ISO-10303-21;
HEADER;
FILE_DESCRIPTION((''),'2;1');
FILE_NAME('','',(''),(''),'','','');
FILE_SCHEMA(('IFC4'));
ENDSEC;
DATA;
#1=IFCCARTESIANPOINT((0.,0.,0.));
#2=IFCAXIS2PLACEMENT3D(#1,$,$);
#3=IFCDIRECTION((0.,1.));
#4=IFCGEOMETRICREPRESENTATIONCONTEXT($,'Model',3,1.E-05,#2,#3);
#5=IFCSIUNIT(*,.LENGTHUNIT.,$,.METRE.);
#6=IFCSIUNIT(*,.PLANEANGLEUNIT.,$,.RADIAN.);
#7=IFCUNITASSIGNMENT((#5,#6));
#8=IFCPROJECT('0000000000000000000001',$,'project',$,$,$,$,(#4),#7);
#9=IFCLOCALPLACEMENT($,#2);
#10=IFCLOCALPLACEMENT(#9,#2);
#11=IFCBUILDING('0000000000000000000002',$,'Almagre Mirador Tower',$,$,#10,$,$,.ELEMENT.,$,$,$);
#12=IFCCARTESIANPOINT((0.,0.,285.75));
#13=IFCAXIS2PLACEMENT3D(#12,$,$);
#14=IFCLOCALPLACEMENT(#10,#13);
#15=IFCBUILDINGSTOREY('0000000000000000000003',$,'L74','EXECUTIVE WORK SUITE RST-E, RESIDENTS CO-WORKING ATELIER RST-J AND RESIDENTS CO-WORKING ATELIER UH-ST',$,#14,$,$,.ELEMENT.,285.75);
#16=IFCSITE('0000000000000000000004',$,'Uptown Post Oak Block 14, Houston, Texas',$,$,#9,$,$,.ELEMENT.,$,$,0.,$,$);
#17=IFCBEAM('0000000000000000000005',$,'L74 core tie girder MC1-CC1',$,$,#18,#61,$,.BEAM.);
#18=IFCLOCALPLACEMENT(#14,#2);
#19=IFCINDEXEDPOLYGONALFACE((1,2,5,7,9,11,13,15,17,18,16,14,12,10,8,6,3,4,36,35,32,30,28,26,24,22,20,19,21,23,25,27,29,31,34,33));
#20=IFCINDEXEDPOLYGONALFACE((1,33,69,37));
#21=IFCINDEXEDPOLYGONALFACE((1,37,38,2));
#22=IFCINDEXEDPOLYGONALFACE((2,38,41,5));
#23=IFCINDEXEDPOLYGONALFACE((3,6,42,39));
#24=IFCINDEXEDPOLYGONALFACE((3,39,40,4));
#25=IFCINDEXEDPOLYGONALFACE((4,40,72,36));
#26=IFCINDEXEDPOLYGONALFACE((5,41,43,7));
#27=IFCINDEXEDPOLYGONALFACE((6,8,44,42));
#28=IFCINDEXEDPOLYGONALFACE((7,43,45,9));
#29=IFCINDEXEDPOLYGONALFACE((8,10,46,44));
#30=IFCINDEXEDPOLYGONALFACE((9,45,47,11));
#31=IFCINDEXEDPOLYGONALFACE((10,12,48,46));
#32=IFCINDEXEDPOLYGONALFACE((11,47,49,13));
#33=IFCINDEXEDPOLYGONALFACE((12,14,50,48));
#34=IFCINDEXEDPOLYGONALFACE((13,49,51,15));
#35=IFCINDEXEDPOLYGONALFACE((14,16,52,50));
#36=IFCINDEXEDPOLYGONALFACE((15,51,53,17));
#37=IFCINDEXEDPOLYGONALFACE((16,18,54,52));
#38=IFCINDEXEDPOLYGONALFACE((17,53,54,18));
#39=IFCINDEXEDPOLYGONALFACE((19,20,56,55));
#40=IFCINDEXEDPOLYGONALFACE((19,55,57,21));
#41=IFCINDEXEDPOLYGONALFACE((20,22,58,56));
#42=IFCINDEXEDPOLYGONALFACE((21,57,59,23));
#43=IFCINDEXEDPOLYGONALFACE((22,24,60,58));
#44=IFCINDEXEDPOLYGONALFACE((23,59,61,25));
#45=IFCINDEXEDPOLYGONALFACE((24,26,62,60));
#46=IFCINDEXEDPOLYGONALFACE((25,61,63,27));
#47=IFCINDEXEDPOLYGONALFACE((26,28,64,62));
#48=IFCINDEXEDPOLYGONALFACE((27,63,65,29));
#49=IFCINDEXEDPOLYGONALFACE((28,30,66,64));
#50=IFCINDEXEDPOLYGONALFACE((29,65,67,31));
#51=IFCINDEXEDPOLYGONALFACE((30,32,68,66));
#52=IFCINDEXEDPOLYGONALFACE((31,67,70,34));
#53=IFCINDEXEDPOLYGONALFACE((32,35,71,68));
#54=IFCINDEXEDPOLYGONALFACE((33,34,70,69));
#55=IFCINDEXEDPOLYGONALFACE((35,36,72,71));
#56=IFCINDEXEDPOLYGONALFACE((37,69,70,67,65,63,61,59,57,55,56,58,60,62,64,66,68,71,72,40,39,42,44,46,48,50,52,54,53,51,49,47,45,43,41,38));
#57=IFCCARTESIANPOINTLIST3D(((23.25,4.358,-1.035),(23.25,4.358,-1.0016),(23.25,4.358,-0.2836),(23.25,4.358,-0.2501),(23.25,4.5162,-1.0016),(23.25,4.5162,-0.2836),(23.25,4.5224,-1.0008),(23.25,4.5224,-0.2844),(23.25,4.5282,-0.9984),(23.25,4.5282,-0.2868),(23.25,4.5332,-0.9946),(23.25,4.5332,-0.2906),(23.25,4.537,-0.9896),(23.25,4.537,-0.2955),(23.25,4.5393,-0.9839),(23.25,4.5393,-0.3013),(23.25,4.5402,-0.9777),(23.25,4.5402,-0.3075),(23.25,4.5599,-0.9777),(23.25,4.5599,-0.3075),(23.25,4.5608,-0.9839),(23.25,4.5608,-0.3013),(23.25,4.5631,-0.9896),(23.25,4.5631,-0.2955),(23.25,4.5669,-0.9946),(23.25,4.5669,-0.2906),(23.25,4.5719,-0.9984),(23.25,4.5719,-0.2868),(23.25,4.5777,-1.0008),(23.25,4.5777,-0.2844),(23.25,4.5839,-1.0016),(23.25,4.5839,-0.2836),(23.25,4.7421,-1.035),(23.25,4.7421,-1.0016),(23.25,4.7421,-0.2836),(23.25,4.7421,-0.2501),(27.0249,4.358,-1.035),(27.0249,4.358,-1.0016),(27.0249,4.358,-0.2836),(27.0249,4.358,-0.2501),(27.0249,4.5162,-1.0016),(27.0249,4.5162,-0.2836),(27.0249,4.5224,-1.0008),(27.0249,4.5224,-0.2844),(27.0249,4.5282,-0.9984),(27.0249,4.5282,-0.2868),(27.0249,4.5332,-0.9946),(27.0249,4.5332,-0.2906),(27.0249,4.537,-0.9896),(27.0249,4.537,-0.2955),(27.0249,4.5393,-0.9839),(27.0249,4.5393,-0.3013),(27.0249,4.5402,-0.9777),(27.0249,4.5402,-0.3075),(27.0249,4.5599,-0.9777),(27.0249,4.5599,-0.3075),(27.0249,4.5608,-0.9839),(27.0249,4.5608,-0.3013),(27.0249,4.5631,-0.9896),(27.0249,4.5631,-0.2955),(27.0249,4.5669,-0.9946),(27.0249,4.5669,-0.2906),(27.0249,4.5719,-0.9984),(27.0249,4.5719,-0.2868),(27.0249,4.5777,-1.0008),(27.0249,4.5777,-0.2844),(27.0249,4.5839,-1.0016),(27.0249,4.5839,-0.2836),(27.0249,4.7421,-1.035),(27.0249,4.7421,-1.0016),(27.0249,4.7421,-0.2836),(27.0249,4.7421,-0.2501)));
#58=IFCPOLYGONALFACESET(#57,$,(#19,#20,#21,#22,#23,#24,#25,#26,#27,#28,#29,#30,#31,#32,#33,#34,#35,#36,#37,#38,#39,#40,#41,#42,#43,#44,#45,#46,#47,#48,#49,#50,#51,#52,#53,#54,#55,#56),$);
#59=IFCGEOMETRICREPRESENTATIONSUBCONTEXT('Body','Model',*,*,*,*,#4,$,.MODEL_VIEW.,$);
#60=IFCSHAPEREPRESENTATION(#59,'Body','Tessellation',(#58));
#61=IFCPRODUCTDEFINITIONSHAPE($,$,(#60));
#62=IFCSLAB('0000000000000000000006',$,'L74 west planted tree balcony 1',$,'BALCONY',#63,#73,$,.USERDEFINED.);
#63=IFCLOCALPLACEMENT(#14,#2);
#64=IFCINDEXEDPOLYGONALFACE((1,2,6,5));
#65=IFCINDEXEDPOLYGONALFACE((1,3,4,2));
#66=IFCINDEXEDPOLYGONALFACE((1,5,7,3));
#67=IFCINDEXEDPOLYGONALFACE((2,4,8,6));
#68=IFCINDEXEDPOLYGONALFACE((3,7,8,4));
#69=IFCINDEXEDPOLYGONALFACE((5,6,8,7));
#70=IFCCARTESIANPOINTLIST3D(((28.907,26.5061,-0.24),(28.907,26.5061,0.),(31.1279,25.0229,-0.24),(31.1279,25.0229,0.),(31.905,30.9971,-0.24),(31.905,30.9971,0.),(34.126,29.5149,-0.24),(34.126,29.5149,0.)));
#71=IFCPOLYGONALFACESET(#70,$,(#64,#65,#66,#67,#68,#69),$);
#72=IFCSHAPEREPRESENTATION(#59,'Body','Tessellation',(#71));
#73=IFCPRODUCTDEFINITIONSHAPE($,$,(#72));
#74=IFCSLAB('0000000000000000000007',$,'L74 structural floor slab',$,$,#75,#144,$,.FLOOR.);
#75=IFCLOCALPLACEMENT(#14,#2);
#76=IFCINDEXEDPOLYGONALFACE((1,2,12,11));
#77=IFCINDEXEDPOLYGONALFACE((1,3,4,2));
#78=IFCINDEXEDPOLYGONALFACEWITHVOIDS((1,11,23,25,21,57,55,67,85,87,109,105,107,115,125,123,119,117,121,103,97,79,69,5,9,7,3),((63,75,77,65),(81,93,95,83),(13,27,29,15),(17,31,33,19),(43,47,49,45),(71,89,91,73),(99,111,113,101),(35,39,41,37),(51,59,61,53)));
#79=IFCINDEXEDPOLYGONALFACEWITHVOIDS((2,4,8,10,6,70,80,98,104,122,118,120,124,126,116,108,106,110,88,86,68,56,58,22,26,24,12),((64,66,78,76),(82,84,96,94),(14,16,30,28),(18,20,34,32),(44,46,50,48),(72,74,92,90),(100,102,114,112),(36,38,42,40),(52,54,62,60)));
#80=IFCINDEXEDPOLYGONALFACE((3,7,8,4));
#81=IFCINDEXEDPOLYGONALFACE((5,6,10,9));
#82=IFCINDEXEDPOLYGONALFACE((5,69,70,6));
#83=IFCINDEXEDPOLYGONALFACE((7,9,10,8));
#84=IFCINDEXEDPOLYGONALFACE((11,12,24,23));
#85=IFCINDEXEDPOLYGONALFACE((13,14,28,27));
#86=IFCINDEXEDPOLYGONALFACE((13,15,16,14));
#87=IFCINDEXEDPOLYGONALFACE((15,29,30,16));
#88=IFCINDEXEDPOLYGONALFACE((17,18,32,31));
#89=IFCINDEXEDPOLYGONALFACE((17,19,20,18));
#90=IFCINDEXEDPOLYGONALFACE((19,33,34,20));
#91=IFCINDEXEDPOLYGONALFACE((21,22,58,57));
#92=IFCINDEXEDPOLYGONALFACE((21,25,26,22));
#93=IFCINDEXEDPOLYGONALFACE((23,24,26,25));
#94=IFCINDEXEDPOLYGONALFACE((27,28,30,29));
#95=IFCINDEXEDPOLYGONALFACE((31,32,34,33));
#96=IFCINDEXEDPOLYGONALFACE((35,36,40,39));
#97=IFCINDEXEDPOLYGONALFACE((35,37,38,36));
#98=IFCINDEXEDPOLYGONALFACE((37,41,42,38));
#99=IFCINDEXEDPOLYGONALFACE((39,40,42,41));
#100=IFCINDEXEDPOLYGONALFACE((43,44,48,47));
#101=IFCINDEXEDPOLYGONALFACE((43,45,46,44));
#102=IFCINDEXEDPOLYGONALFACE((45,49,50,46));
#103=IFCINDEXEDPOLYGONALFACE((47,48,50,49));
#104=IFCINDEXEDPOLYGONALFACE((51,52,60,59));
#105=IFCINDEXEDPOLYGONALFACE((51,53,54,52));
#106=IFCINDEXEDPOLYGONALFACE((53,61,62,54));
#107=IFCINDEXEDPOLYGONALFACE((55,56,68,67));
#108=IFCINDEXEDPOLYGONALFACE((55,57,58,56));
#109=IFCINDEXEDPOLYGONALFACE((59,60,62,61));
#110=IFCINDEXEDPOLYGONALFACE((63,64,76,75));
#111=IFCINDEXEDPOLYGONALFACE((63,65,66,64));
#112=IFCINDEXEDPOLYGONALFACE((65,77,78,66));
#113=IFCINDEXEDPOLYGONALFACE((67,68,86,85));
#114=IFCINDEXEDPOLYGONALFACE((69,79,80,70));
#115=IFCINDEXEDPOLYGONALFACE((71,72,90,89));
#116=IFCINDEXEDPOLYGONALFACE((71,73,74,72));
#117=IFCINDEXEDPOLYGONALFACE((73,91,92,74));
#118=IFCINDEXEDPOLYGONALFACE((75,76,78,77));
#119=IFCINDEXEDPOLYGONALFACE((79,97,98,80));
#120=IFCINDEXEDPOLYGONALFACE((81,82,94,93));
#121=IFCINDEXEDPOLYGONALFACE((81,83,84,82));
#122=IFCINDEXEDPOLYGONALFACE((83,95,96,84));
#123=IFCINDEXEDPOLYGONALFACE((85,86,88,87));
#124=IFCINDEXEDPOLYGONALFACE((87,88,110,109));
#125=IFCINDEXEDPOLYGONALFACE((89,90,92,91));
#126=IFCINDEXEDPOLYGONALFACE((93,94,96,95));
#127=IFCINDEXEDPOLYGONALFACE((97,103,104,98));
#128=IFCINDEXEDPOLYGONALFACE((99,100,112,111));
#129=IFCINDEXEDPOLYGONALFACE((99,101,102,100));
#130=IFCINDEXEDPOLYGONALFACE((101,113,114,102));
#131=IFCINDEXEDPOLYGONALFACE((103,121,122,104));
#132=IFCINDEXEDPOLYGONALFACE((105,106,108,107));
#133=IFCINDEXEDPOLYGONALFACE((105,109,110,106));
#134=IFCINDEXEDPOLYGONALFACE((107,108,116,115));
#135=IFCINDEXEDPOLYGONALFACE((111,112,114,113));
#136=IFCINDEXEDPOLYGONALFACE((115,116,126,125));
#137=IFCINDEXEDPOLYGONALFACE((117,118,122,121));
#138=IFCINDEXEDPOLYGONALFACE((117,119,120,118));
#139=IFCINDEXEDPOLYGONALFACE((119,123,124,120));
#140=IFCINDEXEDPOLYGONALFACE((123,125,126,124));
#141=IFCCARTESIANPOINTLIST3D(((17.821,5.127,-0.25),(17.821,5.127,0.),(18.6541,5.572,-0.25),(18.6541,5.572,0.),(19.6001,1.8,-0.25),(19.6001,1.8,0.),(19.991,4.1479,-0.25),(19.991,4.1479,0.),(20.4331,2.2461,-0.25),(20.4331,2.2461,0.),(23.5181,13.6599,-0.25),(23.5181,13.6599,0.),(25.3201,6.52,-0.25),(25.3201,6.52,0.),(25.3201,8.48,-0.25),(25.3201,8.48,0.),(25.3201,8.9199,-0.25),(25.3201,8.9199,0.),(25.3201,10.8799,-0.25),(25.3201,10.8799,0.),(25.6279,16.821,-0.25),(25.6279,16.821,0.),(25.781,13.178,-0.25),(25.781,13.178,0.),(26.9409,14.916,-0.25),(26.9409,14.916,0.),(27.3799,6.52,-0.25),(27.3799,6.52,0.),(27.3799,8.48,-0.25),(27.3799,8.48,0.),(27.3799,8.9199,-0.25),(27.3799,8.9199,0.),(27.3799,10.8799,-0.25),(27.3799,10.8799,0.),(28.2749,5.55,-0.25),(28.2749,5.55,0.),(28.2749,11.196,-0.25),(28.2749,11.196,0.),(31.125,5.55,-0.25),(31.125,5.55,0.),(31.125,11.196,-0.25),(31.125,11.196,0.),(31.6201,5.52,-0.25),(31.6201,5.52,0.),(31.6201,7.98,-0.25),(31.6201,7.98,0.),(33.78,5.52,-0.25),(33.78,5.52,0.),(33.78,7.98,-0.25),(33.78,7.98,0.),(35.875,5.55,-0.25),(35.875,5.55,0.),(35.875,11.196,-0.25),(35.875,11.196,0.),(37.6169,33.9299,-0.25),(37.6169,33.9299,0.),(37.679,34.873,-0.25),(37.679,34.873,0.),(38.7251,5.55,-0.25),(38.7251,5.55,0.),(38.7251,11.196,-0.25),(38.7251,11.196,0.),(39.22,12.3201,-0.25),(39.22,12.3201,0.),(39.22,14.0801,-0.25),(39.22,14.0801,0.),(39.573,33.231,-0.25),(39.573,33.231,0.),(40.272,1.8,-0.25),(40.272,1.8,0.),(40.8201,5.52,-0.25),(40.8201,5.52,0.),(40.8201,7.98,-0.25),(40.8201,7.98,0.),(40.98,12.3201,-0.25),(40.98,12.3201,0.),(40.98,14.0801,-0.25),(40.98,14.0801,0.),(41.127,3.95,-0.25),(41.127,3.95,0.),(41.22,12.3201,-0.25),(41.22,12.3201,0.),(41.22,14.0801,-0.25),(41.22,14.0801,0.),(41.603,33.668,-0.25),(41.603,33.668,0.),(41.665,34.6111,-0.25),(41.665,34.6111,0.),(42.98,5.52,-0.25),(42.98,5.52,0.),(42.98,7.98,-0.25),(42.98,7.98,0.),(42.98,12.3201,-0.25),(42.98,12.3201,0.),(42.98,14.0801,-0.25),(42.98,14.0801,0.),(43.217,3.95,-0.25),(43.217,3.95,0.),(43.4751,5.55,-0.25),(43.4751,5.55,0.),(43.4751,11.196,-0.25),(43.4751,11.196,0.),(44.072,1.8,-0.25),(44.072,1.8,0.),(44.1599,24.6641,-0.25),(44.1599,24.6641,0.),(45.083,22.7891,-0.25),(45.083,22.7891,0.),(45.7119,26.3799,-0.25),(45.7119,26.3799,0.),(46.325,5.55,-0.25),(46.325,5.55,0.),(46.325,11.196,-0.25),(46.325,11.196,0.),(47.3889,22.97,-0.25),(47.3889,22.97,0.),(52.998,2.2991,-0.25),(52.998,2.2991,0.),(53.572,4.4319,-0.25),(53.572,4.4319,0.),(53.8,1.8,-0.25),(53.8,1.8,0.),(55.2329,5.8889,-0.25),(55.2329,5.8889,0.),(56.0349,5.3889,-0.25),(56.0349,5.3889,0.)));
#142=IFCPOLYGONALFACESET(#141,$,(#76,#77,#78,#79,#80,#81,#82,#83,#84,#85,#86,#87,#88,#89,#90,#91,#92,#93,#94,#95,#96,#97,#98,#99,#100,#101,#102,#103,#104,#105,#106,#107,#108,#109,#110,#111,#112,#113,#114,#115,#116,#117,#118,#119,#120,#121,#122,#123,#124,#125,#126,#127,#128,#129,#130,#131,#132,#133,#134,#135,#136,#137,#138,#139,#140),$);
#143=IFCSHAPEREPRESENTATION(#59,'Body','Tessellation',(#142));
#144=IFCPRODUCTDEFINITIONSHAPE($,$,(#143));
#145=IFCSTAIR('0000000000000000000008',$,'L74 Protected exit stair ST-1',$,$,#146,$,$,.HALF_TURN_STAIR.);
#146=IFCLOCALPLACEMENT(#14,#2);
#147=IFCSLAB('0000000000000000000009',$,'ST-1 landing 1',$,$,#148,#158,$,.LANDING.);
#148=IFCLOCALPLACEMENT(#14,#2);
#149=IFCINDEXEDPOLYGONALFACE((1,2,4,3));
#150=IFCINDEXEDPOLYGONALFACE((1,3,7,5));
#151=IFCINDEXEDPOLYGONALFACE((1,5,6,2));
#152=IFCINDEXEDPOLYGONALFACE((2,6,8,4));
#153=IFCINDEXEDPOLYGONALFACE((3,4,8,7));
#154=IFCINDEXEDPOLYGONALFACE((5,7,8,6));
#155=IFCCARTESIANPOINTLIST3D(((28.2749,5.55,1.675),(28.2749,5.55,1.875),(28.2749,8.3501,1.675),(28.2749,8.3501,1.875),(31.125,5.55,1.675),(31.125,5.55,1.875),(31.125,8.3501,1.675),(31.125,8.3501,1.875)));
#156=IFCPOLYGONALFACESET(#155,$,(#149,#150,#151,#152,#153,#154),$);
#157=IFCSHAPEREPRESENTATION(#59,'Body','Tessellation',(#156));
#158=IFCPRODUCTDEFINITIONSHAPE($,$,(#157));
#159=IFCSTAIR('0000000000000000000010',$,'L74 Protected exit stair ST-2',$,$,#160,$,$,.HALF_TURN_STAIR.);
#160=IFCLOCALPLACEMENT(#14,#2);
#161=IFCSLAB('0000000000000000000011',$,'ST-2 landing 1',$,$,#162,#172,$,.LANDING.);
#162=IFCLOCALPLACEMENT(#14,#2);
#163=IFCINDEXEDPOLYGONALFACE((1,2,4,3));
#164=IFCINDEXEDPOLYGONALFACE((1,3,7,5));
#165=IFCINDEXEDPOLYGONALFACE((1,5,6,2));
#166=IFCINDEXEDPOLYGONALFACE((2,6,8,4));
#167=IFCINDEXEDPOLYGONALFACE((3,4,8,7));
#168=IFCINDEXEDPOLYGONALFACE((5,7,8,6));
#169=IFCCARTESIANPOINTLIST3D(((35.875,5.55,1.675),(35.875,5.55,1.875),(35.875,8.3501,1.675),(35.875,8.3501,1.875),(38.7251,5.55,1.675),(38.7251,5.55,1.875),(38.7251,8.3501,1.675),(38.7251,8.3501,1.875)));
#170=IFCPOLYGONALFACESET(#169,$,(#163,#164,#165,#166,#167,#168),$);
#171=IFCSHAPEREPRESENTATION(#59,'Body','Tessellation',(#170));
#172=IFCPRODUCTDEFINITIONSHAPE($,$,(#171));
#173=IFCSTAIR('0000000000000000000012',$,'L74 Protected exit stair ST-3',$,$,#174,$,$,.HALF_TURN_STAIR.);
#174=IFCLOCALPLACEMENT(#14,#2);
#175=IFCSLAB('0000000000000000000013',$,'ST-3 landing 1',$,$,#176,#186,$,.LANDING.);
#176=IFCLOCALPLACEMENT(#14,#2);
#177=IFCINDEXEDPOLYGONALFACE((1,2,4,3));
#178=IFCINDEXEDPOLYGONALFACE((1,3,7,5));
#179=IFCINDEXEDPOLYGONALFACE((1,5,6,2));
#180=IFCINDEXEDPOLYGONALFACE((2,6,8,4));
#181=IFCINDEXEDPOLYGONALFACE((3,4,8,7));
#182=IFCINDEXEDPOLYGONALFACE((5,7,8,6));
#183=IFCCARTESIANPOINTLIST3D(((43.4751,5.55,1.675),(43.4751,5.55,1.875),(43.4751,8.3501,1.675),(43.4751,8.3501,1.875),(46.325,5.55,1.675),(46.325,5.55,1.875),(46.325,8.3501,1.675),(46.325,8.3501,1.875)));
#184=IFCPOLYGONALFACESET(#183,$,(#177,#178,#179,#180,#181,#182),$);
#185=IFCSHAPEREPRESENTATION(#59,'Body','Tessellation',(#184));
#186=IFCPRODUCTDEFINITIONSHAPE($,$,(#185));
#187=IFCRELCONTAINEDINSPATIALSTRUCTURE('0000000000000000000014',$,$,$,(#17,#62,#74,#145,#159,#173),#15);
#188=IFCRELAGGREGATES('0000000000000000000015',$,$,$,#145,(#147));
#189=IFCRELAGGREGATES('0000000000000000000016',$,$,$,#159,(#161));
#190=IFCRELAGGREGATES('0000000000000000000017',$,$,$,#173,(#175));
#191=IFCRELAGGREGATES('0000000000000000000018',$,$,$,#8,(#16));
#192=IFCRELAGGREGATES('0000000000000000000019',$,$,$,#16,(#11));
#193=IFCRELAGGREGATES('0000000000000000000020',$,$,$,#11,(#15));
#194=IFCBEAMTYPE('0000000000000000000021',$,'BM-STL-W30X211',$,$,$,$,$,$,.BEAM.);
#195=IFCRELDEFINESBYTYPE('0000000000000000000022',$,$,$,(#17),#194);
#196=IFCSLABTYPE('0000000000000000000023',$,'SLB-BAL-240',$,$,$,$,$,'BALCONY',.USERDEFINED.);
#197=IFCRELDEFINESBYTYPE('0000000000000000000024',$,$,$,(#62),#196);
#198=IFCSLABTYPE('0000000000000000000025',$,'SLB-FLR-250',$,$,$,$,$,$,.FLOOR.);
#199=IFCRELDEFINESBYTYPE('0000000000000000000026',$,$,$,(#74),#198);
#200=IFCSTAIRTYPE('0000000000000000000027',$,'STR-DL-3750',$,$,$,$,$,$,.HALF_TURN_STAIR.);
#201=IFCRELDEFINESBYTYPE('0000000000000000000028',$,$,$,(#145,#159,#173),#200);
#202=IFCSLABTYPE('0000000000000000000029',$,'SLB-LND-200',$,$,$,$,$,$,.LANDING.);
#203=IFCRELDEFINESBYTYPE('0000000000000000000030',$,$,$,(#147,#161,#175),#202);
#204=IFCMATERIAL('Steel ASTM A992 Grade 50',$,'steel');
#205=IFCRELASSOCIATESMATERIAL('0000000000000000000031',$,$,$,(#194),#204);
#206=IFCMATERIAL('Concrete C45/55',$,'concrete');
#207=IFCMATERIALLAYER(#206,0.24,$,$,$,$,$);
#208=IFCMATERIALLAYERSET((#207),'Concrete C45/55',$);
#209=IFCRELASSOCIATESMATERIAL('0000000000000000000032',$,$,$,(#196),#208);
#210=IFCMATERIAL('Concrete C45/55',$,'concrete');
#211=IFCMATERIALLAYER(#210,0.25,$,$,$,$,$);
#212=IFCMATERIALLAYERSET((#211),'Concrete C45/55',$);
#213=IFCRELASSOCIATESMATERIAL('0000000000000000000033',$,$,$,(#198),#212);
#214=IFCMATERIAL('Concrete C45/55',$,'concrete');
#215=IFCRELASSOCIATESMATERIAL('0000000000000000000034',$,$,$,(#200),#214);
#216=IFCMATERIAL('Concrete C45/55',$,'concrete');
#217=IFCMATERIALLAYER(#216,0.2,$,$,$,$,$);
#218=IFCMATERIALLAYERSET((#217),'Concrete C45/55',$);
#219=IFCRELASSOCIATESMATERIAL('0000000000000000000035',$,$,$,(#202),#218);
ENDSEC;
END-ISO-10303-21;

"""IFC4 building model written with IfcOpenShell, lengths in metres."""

from ifc_helpers import new_model, si_unit, direction, frame, origin, origin_2d, place, context, subcontext, project, spatial, polyline, i_section, outline, extrude, material, layer, layer_set, material_profile, profile_set, type_object, element, aggregate, save


model = new_model("IFC4")

# Units and contexts
model_context = context("Model", 3, precision=1e-05, world=origin(), true_north=direction((0.0, 1.0)))
body_context = subcontext(model_context, "Body", "Model", "MODEL_VIEW")
ifc_project = project(units=[si_unit("LENGTHUNIT", "METRE"), si_unit("PLANEANGLEUNIT", "RADIAN")], contexts=[model_context])

# Site, building, storey
site_placement = place(None, origin())
site = spatial("IfcSite", under=ifc_project, at=site_placement, Name="Uptown Post Oak Block 14, Houston, Texas", CompositionType="ELEMENT", RefElevation=0.0)
building_placement = place(site_placement, origin())
building = spatial("IfcBuilding", under=site, at=building_placement, Name="Almagre Mirador Tower", CompositionType="ELEMENT")
storey_placement = place(building_placement, frame((0.0, 0.0, 285.75)))
storey = spatial("IfcBuildingStorey", under=building, at=storey_placement, Name="L74", Description="EXECUTIVE WORK SUITE RST-E, RESIDENTS CO-WORKING ATELIER RST-J AND RESIDENTS CO-WORKING ATELIER UH-ST", CompositionType="ELEMENT", Elevation=285.75)

# Beam
ifc_material_1 = material(Name="Steel ASTM A992 Grade 50", Category="steel")
ifc_material_profile_1 = material_profile(ifc_material_1, i_section(OverallWidth=0.384, OverallDepth=0.7849, WebThickness=0.0198, FlangeThickness=0.0334, FilletRadius=0.0239, at=origin_2d()), Name="W30X211")
ifc_profile_set_1 = profile_set([ifc_material_profile_1], Name="Steel ASTM A992 Grade 50")
beam_type_1 = type_object("IfcBeamType", Name="BM-STL-W30X211", PredefinedType="BEAM", material=ifc_profile_set_1)
beam_1_placement = place(storey_placement, frame((23.25, 4.55, -0.6426), z_axis=(1.0, 0.0, 0.0), x_axis=(0.0, 1.0, 0.0)))
element("IfcBeam", 1, at=beam_1_placement, inside=storey, type_object=beam_type_1, Name="L74 core tie girder MC1-CC1", PredefinedType="BEAM", context=body_context, shape_type="SweptSolid", body=[
    extrude(i_section(OverallWidth=0.384, OverallDepth=0.7849, WebThickness=0.0198, FlangeThickness=0.0334, FilletRadius=0.0239, at=origin_2d()), origin(), (0.0, 0.0, 1.0), 3.7749),
])

# Slabs
ifc_material_2 = material(Name="Concrete C45/55", Category="concrete")
ifc_layer_1 = layer(ifc_material_2, 0.24)
ifc_layer_set_1 = layer_set([ifc_layer_1], Name="Concrete C45/55")
slab_type_1 = type_object("IfcSlabType", Name="SLB-BAL-240", ElementType="BALCONY", PredefinedType="USERDEFINED", material=ifc_layer_set_1)
slab_1_placement = place(storey_placement, frame((0.0, 0.0, -0.24)))
element("IfcSlab", 2, at=slab_1_placement, inside=storey, type_object=slab_type_1, Name="L74 west planted tree balcony 1", ObjectType="BALCONY", PredefinedType="USERDEFINED", context=body_context, shape_type="SweptSolid", body=[
    extrude(outline(polyline([(34.126, 29.5149), (31.1279, 25.0229), (28.907, 26.5061), (31.905, 30.9971), (34.126, 29.5149)])), origin(), (0.0, 0.0, 1.0), 0.24),
])
ifc_material_3 = material(Name="Concrete C45/55", Category="concrete")
ifc_layer_2 = layer(ifc_material_3, 0.25)
ifc_layer_set_2 = layer_set([ifc_layer_2], Name="Concrete C45/55")
slab_type_2 = type_object("IfcSlabType", Name="SLB-FLR-250", PredefinedType="FLOOR", material=ifc_layer_set_2)
slab_2_placement = place(storey_placement, frame((0.0, 0.0, -0.25)))
element("IfcSlab", 3, at=slab_2_placement, inside=storey, type_object=slab_type_2, Name="L74 structural floor slab", PredefinedType="FLOOR", context=body_context, shape_type="SweptSolid", body=[
    extrude(outline(polyline([(17.821, 5.127), (18.6541, 5.572), (19.991, 4.1479), (20.4331, 2.2461), (19.6001, 1.8), (40.272, 1.8), (41.127, 3.95), (43.217, 3.95), (44.072, 1.8), (53.8, 1.8), (52.998, 2.2991), (53.572, 4.4319), (55.2329, 5.8889), (56.0349, 5.3889), (47.3889, 22.97), (45.083, 22.7891), (44.1599, 24.6641), (45.7119, 26.3799), (41.665, 34.6111), (41.603, 33.668), (39.573, 33.231), (37.6169, 33.9299), (37.679, 34.873), (25.6279, 16.821), (26.9409, 14.916), (25.781, 13.178), (23.5181, 13.6599), (17.821, 5.127)]), holes=[polyline([(43.4751, 5.55), (43.4751, 11.196), (46.325, 11.196), (46.325, 5.55), (43.4751, 5.55)]), polyline([(41.22, 12.3201), (41.22, 14.0801), (42.98, 14.0801), (42.98, 12.3201), (41.22, 12.3201)]), polyline([(42.98, 5.52), (40.8201, 5.52), (40.8201, 7.98), (42.98, 7.98), (42.98, 5.52)]), polyline([(39.22, 12.3201), (39.22, 14.0801), (40.98, 14.0801), (40.98, 12.3201), (39.22, 12.3201)]), polyline([(35.875, 5.55), (35.875, 11.196), (38.7251, 11.196), (38.7251, 5.55), (35.875, 5.55)]), polyline([(33.78, 5.52), (31.6201, 5.52), (31.6201, 7.98), (33.78, 7.98), (33.78, 5.52)]), polyline([(28.2749, 5.55), (28.2749, 11.196), (31.125, 11.196), (31.125, 5.55), (28.2749, 5.55)]), polyline([(27.3799, 6.52), (25.3201, 6.52), (25.3201, 8.48), (27.3799, 8.48), (27.3799, 6.52)]), polyline([(27.3799, 8.9199), (25.3201, 8.9199), (25.3201, 10.8799), (27.3799, 10.8799), (27.3799, 8.9199)])]), origin(), (0.0, 0.0, 1.0), 0.25),
])

# Stairs, slabs
ifc_material_4 = material(Name="Concrete C45/55", Category="concrete")
stair_type = type_object("IfcStairType", Name="STR-DL-3750", PredefinedType="HALF_TURN_STAIR", material=ifc_material_4)
stair_1_placement = place(storey_placement, origin())
stair_1 = element("IfcStair", 4, at=stair_1_placement, inside=storey, type_object=stair_type, Name="L74 Protected exit stair ST-1", PredefinedType="HALF_TURN_STAIR")
ifc_material_5 = material(Name="Concrete C45/55", Category="concrete")
ifc_layer_3 = layer(ifc_material_5, 0.2)
ifc_layer_set_3 = layer_set([ifc_layer_3], Name="Concrete C45/55")
slab_type_3 = type_object("IfcSlabType", Name="SLB-LND-200", PredefinedType="LANDING", material=ifc_layer_set_3)
slab_3_placement = place(storey_placement, frame((0.0, 0.0, 1.675)))
slab_3 = element("IfcSlab", 5, at=slab_3_placement, type_object=slab_type_3, Name="ST-1 landing 1", PredefinedType="LANDING", context=body_context, shape_type="SweptSolid", body=[
    extrude(outline(polyline([(28.2749, 8.3501), (28.2749, 5.55), (31.125, 5.55), (31.125, 8.3501), (28.2749, 8.3501)])), origin(), (0.0, 0.0, 1.0), 0.2),
])
aggregate(stair_1, [slab_3])
stair_2_placement = place(storey_placement, origin())
stair_2 = element("IfcStair", 6, at=stair_2_placement, inside=storey, type_object=stair_type, Name="L74 Protected exit stair ST-2", PredefinedType="HALF_TURN_STAIR")
slab_4_placement = place(storey_placement, frame((0.0, 0.0, 1.675)))
slab_4 = element("IfcSlab", 7, at=slab_4_placement, type_object=slab_type_3, Name="ST-2 landing 1", PredefinedType="LANDING", context=body_context, shape_type="SweptSolid", body=[
    extrude(outline(polyline([(35.875, 8.3501), (35.875, 5.55), (38.7251, 5.55), (38.7251, 8.3501), (35.875, 8.3501)])), origin(), (0.0, 0.0, 1.0), 0.2),
])
aggregate(stair_2, [slab_4])
stair_3_placement = place(storey_placement, origin())
stair_3 = element("IfcStair", 8, at=stair_3_placement, inside=storey, type_object=stair_type, Name="L74 Protected exit stair ST-3", PredefinedType="HALF_TURN_STAIR")
slab_5_placement = place(storey_placement, frame((0.0, 0.0, 1.675)))
slab_5 = element("IfcSlab", 9, at=slab_5_placement, type_object=slab_type_3, Name="ST-3 landing 1", PredefinedType="LANDING", context=body_context, shape_type="SweptSolid", body=[
    extrude(outline(polyline([(43.4751, 8.3501), (43.4751, 5.55), (46.325, 5.55), (46.325, 8.3501), (43.4751, 8.3501)])), origin(), (0.0, 0.0, 1.0), 0.2),
])
aggregate(stair_3, [slab_5])

save(model, "model.ifc")
